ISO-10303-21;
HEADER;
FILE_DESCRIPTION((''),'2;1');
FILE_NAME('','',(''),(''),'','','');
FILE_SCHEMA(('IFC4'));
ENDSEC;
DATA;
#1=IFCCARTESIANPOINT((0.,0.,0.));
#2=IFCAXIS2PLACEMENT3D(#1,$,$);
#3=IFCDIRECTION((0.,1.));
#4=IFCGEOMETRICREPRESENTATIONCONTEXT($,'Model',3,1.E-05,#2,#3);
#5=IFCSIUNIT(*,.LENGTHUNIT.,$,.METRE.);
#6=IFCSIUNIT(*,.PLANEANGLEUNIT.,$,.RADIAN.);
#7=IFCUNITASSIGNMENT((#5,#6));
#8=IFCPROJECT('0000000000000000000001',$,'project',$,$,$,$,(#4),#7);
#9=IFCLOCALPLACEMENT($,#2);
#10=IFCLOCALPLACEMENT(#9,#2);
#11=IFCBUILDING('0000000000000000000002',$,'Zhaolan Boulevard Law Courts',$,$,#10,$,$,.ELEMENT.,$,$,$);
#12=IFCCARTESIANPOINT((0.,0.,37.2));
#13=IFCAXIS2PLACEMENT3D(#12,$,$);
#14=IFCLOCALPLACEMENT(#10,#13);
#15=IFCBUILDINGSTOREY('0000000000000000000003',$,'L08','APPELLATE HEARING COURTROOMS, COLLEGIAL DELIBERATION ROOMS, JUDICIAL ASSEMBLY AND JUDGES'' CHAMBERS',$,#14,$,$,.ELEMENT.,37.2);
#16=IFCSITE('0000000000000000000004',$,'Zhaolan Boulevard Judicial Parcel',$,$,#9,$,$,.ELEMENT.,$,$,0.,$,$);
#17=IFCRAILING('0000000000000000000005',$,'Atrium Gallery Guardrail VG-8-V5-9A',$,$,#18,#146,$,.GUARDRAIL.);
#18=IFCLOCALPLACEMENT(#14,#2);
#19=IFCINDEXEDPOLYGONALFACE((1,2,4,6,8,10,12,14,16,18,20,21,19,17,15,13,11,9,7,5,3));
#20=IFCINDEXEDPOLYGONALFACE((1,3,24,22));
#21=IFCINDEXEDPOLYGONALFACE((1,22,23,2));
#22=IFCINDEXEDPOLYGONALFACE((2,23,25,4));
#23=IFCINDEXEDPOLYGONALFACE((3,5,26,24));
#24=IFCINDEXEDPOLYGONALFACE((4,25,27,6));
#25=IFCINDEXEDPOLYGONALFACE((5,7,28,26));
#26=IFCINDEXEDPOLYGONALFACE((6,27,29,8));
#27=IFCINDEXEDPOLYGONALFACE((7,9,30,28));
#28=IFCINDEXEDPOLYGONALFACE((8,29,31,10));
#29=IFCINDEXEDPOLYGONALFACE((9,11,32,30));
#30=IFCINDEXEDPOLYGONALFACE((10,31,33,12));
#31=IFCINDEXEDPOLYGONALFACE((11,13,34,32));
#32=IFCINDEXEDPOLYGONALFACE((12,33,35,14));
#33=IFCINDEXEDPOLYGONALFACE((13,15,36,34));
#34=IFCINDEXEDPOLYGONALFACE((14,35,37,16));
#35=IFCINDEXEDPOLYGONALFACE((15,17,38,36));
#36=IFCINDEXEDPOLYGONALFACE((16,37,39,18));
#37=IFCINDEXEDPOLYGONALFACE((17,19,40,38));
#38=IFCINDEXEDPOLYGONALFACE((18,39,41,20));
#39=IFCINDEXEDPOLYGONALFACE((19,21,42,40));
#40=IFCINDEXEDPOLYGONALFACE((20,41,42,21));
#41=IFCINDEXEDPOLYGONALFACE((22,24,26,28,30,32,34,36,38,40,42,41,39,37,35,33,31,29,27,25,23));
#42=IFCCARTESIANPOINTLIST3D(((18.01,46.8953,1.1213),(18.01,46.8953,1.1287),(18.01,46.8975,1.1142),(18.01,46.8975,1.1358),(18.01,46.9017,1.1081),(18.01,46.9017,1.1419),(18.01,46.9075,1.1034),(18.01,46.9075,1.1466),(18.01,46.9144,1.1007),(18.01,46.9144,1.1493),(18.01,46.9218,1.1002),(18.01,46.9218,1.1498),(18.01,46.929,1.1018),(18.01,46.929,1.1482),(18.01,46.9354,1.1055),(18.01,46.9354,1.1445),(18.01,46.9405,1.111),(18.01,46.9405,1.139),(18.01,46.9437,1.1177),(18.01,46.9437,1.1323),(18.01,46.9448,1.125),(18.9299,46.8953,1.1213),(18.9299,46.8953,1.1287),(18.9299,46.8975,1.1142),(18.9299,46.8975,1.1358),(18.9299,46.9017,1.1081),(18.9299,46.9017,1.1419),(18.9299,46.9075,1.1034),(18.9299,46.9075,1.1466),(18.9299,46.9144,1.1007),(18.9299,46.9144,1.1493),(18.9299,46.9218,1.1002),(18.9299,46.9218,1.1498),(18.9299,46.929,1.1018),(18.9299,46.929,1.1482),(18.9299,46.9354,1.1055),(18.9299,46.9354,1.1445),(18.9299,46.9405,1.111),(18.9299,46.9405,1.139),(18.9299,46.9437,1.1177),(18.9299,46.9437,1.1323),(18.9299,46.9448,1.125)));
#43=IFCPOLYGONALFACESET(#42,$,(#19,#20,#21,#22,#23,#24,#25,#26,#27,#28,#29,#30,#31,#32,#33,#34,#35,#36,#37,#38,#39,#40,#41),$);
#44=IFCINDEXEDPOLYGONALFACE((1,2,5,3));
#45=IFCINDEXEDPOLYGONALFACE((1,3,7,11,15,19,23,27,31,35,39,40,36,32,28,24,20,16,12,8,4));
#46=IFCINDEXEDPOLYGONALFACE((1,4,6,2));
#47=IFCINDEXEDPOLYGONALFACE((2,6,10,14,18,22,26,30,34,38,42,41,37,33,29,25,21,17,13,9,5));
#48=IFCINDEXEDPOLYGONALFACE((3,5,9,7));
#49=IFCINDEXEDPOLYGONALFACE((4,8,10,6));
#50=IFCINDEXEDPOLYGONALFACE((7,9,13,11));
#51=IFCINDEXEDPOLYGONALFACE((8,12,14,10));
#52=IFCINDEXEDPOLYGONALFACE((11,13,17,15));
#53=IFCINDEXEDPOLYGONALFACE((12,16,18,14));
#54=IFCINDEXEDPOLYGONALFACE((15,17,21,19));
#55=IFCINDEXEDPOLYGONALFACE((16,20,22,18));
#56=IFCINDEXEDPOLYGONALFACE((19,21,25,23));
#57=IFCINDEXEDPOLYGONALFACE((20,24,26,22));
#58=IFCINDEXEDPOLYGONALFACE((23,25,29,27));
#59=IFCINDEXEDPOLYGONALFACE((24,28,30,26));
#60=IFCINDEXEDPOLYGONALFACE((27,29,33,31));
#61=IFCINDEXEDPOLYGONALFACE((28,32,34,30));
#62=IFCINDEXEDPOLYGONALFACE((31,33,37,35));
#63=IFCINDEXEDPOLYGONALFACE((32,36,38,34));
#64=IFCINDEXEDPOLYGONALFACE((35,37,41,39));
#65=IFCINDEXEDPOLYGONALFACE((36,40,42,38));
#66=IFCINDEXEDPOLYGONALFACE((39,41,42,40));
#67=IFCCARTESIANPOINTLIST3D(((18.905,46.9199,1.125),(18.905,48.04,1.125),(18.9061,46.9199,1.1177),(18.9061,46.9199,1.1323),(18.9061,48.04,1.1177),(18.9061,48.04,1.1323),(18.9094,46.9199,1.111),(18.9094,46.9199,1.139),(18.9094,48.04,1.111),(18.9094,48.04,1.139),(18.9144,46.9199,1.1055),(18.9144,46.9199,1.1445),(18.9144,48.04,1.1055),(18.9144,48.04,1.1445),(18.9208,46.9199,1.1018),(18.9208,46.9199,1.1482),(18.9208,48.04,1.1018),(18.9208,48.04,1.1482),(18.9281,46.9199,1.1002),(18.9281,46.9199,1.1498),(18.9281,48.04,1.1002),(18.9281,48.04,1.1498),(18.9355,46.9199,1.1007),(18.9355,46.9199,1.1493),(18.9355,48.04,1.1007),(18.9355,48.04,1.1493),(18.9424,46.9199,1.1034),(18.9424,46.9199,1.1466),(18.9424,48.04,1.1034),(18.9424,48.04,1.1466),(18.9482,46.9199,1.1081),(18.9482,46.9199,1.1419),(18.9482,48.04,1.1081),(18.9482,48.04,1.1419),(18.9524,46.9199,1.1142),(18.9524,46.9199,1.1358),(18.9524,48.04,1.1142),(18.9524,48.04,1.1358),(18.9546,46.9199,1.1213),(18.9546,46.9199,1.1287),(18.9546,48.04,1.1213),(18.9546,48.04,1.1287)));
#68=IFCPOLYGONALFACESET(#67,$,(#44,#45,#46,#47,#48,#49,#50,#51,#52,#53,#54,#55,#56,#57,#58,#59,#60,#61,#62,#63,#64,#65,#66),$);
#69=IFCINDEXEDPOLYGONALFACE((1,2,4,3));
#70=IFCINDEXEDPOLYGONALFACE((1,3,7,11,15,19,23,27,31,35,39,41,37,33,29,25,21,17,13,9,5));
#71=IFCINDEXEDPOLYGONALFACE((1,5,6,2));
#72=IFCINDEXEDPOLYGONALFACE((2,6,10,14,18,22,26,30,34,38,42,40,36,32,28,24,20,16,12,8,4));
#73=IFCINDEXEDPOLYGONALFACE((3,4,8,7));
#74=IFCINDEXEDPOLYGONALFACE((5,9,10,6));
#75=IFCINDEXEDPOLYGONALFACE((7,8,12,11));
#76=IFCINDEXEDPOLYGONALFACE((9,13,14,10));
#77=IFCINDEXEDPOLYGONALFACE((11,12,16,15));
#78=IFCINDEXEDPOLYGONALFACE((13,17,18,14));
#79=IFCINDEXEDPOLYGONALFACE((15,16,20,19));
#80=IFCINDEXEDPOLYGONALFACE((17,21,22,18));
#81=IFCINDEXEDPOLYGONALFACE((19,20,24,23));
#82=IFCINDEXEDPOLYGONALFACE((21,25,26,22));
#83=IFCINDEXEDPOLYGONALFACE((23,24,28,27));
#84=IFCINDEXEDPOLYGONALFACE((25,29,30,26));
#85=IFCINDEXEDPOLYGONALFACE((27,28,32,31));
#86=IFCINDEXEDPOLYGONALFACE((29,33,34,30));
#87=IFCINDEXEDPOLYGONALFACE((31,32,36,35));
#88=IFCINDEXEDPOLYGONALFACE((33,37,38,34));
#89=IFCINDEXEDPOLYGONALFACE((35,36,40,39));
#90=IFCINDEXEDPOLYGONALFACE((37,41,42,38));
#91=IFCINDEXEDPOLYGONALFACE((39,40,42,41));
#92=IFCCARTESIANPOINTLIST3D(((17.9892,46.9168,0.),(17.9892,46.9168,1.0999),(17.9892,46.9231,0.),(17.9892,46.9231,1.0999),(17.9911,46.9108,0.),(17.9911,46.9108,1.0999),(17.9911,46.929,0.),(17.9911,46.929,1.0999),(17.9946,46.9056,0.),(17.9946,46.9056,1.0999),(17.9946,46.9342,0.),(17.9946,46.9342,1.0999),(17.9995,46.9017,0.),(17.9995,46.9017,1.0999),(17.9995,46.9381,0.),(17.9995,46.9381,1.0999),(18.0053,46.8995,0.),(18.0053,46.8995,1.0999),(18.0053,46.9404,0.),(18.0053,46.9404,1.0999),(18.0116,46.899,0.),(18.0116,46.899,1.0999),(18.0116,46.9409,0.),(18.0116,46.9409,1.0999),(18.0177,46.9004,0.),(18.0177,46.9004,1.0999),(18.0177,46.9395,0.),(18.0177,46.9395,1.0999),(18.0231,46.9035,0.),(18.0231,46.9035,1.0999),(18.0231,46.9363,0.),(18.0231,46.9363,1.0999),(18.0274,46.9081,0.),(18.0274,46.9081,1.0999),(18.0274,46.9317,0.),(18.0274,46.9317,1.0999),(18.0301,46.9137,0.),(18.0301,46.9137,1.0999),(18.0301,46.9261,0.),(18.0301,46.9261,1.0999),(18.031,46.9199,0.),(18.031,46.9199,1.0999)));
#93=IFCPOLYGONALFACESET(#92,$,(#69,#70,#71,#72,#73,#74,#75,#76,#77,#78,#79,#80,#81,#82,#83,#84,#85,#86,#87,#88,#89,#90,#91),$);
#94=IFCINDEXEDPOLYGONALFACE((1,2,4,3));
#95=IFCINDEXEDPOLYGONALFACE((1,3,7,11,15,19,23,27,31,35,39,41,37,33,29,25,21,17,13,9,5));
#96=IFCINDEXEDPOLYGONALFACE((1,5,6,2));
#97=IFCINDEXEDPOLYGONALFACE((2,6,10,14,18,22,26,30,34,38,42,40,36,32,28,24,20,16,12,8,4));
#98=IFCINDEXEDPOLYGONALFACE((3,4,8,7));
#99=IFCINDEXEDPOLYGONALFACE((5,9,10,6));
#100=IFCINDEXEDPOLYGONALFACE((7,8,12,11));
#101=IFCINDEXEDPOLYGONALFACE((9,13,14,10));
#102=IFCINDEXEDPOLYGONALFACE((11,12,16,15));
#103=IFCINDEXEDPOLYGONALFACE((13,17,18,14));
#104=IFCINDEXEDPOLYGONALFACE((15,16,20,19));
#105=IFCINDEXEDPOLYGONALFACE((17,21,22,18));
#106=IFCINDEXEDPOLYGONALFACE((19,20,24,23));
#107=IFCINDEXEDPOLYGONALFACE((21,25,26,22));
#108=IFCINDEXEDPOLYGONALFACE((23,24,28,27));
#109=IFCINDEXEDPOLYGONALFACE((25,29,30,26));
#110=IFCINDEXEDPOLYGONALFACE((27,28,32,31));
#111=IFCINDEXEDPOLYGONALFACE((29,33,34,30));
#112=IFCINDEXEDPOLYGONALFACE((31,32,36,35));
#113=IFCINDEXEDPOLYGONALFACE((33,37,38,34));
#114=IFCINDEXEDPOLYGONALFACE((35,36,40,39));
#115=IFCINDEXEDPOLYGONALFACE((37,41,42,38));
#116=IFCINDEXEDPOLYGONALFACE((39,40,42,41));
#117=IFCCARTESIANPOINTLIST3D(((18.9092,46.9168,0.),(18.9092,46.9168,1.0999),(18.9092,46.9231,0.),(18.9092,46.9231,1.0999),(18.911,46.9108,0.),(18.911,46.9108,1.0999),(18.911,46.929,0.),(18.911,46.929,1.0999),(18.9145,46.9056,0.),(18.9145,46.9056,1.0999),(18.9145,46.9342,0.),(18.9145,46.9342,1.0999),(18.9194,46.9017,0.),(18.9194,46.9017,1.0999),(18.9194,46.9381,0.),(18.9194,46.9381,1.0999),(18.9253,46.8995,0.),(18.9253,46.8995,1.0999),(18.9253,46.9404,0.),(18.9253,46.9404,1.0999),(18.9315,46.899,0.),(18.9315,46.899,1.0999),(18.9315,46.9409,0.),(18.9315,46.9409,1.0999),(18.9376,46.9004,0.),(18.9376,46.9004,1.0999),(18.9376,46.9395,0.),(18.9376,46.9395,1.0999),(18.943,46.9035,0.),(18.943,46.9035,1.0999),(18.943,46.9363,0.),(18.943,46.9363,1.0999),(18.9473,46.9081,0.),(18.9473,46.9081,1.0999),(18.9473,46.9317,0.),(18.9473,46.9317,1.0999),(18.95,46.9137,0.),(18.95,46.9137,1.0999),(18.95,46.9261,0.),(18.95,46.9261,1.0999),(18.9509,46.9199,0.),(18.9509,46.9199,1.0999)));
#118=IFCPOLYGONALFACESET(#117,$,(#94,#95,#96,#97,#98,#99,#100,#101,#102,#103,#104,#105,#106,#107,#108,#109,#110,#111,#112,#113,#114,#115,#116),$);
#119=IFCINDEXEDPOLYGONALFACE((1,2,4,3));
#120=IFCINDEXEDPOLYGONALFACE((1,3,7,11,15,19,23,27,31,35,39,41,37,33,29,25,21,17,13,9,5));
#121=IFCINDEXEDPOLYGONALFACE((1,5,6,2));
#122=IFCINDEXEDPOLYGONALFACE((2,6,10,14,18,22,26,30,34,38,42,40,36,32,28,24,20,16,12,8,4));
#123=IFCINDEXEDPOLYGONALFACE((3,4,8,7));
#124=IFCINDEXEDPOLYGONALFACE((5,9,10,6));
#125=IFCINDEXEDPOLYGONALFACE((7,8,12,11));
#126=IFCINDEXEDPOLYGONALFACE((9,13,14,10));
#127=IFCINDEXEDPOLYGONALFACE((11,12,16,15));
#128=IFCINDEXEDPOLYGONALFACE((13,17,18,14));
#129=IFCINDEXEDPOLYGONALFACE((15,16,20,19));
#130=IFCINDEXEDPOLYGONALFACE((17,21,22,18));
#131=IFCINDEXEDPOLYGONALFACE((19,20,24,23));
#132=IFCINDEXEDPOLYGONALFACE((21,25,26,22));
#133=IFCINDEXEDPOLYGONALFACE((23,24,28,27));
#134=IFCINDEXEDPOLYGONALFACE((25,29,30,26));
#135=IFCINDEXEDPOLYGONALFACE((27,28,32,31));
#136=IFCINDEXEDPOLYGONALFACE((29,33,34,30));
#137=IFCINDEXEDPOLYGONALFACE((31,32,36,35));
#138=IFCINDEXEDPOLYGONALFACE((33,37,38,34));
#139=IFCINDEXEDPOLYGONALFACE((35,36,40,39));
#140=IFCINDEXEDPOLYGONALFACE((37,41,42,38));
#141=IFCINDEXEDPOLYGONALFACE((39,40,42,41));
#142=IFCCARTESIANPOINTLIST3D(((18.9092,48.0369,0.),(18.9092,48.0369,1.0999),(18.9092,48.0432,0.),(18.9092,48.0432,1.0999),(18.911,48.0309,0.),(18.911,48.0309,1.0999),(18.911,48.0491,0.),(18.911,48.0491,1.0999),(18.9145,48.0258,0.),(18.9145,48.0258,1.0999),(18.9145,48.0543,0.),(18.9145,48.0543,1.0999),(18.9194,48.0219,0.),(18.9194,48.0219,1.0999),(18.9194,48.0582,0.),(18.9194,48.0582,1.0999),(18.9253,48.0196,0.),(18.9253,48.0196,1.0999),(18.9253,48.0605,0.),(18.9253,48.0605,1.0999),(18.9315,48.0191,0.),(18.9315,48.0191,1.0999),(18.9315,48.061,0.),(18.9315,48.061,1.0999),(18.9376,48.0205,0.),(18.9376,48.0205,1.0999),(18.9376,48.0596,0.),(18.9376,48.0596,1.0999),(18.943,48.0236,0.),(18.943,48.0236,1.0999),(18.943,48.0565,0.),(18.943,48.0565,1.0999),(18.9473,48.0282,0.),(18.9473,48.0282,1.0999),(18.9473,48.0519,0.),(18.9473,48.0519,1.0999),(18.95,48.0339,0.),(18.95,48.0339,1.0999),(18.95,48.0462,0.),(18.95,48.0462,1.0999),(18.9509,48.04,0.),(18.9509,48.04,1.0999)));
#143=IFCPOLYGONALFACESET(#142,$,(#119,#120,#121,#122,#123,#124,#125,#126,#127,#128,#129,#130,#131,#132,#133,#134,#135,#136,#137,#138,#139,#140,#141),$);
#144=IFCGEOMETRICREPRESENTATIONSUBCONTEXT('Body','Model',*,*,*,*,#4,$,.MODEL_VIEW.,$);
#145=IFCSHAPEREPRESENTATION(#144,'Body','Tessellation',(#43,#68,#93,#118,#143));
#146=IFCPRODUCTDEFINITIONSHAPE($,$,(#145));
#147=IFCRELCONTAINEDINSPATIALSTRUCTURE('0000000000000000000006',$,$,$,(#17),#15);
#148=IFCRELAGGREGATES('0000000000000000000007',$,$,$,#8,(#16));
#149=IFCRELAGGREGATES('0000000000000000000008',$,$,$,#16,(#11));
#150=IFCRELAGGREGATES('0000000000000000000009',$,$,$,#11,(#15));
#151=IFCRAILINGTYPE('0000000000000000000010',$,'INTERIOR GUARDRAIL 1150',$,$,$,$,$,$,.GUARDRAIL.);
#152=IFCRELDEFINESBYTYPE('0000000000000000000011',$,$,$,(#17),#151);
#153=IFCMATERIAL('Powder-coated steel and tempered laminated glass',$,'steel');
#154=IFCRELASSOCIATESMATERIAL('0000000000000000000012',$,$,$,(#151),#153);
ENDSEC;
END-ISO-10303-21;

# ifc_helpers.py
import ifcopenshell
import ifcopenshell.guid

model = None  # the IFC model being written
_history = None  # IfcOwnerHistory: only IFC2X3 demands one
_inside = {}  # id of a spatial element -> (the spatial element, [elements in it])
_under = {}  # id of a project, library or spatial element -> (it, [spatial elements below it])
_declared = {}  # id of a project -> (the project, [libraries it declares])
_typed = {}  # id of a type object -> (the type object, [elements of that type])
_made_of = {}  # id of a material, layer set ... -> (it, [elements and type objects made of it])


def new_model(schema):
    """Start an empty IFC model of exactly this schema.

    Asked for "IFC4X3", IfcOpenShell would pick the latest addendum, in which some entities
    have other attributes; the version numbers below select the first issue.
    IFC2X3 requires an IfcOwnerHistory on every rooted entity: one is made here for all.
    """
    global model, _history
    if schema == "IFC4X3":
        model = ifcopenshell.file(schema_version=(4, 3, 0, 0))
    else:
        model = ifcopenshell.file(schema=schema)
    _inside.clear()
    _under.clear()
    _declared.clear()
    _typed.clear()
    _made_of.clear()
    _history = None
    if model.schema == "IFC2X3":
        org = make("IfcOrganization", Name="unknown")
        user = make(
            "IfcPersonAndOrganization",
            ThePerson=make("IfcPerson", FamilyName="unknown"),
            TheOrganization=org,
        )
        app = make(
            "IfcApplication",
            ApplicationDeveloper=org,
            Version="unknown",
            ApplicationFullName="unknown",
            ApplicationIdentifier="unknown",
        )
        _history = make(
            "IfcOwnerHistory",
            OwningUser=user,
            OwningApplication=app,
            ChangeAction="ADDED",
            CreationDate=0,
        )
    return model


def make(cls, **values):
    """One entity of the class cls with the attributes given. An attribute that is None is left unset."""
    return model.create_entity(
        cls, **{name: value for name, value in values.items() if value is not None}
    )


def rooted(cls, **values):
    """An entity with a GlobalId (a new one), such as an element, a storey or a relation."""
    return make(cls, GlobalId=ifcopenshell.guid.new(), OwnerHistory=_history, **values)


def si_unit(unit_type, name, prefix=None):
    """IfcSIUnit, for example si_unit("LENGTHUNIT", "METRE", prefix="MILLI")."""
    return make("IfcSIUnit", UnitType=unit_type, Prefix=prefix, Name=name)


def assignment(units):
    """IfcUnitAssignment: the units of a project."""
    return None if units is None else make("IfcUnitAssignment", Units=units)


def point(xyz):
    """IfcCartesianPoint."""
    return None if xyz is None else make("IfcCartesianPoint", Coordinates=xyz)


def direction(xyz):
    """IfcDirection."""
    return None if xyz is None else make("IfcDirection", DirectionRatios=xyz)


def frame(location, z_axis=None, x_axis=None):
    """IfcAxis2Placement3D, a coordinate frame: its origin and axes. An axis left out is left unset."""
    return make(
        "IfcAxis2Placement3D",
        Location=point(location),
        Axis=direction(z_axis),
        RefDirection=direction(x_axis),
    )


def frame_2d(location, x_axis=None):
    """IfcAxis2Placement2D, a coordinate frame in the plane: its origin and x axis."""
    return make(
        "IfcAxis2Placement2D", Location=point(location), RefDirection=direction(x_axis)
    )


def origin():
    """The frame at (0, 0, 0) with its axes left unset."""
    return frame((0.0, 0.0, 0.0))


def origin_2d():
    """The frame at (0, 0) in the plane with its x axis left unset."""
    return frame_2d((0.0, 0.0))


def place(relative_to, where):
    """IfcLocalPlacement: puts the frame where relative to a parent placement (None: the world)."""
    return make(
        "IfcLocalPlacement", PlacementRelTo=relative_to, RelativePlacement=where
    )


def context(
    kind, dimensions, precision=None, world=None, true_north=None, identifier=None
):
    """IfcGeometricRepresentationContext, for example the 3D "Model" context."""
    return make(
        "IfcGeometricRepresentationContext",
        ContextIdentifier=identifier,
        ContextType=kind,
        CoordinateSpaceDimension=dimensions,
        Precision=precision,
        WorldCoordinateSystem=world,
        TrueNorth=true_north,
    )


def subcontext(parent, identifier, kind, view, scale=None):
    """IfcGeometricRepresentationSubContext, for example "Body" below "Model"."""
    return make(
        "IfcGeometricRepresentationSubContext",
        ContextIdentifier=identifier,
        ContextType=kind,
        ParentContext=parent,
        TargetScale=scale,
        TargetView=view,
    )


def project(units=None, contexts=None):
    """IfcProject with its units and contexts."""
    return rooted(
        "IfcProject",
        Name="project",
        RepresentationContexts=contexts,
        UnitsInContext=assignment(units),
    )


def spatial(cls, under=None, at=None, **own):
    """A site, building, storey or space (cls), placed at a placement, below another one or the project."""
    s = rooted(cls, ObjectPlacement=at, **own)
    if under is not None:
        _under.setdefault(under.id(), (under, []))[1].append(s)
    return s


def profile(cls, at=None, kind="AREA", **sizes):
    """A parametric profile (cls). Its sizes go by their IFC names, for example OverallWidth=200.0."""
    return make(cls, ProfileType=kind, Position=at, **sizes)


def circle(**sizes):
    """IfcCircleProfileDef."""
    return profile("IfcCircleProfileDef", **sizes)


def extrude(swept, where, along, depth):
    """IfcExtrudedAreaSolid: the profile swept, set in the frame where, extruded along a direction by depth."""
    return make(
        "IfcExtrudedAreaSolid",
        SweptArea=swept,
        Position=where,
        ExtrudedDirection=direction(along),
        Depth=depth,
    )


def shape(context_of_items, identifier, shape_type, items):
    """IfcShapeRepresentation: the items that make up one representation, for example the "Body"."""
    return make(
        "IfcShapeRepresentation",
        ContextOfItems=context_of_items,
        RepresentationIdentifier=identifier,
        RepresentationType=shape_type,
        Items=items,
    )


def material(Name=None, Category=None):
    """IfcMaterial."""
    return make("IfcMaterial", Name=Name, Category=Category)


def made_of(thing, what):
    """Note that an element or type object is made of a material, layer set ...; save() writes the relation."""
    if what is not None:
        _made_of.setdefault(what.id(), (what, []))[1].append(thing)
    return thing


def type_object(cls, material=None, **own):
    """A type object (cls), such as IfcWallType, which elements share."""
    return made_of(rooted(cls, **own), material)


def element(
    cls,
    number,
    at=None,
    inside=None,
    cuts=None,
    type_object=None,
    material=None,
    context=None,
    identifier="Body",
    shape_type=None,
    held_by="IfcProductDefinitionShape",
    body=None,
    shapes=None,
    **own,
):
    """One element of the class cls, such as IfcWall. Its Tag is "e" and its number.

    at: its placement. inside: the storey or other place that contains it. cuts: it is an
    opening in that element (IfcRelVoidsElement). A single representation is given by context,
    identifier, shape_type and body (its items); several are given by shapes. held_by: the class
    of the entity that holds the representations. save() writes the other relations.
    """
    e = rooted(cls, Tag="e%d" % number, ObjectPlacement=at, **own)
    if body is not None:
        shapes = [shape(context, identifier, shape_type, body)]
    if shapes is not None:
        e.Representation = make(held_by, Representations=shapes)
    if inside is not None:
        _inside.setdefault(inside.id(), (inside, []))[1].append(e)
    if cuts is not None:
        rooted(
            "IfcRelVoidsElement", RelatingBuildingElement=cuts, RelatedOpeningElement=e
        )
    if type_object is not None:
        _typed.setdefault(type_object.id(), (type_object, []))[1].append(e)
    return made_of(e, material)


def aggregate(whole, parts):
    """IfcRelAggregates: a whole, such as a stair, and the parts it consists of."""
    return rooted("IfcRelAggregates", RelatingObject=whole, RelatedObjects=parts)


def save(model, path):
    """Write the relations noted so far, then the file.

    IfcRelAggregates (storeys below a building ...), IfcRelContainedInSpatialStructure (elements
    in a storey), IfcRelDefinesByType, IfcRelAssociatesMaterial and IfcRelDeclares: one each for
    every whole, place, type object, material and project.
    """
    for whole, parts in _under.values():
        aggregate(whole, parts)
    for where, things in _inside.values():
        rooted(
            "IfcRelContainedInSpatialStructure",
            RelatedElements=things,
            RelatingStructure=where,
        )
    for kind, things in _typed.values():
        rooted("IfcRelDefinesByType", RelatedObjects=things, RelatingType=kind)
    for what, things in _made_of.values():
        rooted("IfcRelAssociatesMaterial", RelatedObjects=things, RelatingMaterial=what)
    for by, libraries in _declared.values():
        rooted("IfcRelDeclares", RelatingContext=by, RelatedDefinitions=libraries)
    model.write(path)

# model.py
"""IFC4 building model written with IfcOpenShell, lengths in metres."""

from ifc_helpers import new_model, si_unit, direction, frame, origin, origin_2d, place, context, subcontext, project, spatial, circle, extrude, material, type_object, element, save


model = new_model("IFC4")

# Units and contexts
model_context = context("Model", 3, precision=1e-05, world=origin(), true_north=direction((0.0, 1.0)))
body_context = subcontext(model_context, "Body", "Model", "MODEL_VIEW")
ifc_project = project(units=[si_unit("LENGTHUNIT", "METRE"), si_unit("PLANEANGLEUNIT", "RADIAN")], contexts=[model_context])

# Site, building, storey
site_placement = place(None, origin())
site = spatial("IfcSite", under=ifc_project, at=site_placement, Name="Zhaolan Boulevard Judicial Parcel", CompositionType="ELEMENT", RefElevation=0.0)
building_placement = place(site_placement, origin())
building = spatial("IfcBuilding", under=site, at=building_placement, Name="Zhaolan Boulevard Law Courts", CompositionType="ELEMENT")
storey_placement = place(building_placement, frame((0.0, 0.0, 37.2)))
storey = spatial("IfcBuildingStorey", under=building, at=storey_placement, Name="L08", Description="APPELLATE HEARING COURTROOMS, COLLEGIAL DELIBERATION ROOMS, JUDICIAL ASSEMBLY AND JUDGES' CHAMBERS", CompositionType="ELEMENT", Elevation=37.2)

# Railing
ifc_material_1 = material(Name="Powder-coated steel and tempered laminated glass", Category="steel")
railing_type_1 = type_object("IfcRailingType", Name="INTERIOR GUARDRAIL 1150", PredefinedType="GUARDRAIL", material=ifc_material_1)
railing_1_placement = place(storey_placement, frame((18.01, 46.9199, 0.0)))
element("IfcRailing", 1, at=railing_1_placement, inside=storey, type_object=railing_type_1, Name="Atrium Gallery Guardrail VG-8-V5-9A", PredefinedType="GUARDRAIL", context=body_context, shape_type="SweptSolid", body=[
    extrude(circle(Radius=0.0249, at=origin_2d()), frame((0.0, 0.0, 1.125), z_axis=(1.0, 0.0, 0.0), x_axis=(0.0, 1.0, 0.0)), (0.0, 0.0, 1.0), 0.9199),
    extrude(circle(Radius=0.0249, at=origin_2d()), frame((0.9199, 0.0, 1.125), z_axis=(0.0, 1.0, 0.0), x_axis=(-1.0, 0.0, 0.0)), (0.0, 0.0, 1.0), 1.1201),
    extrude(circle(Radius=0.021, at=origin_2d()), origin(), (0.0, 0.0, 1.0), 1.0999),
    extrude(circle(Radius=0.021, at=origin_2d()), frame((0.9199, 0.0, 0.0)), (0.0, 0.0, 1.0), 1.0999),
    extrude(circle(Radius=0.021, at=origin_2d()), frame((0.9199, 1.1201, 0.0)), (0.0, 0.0, 1.0), 1.0999),
])

save(model, "model.ifc")
